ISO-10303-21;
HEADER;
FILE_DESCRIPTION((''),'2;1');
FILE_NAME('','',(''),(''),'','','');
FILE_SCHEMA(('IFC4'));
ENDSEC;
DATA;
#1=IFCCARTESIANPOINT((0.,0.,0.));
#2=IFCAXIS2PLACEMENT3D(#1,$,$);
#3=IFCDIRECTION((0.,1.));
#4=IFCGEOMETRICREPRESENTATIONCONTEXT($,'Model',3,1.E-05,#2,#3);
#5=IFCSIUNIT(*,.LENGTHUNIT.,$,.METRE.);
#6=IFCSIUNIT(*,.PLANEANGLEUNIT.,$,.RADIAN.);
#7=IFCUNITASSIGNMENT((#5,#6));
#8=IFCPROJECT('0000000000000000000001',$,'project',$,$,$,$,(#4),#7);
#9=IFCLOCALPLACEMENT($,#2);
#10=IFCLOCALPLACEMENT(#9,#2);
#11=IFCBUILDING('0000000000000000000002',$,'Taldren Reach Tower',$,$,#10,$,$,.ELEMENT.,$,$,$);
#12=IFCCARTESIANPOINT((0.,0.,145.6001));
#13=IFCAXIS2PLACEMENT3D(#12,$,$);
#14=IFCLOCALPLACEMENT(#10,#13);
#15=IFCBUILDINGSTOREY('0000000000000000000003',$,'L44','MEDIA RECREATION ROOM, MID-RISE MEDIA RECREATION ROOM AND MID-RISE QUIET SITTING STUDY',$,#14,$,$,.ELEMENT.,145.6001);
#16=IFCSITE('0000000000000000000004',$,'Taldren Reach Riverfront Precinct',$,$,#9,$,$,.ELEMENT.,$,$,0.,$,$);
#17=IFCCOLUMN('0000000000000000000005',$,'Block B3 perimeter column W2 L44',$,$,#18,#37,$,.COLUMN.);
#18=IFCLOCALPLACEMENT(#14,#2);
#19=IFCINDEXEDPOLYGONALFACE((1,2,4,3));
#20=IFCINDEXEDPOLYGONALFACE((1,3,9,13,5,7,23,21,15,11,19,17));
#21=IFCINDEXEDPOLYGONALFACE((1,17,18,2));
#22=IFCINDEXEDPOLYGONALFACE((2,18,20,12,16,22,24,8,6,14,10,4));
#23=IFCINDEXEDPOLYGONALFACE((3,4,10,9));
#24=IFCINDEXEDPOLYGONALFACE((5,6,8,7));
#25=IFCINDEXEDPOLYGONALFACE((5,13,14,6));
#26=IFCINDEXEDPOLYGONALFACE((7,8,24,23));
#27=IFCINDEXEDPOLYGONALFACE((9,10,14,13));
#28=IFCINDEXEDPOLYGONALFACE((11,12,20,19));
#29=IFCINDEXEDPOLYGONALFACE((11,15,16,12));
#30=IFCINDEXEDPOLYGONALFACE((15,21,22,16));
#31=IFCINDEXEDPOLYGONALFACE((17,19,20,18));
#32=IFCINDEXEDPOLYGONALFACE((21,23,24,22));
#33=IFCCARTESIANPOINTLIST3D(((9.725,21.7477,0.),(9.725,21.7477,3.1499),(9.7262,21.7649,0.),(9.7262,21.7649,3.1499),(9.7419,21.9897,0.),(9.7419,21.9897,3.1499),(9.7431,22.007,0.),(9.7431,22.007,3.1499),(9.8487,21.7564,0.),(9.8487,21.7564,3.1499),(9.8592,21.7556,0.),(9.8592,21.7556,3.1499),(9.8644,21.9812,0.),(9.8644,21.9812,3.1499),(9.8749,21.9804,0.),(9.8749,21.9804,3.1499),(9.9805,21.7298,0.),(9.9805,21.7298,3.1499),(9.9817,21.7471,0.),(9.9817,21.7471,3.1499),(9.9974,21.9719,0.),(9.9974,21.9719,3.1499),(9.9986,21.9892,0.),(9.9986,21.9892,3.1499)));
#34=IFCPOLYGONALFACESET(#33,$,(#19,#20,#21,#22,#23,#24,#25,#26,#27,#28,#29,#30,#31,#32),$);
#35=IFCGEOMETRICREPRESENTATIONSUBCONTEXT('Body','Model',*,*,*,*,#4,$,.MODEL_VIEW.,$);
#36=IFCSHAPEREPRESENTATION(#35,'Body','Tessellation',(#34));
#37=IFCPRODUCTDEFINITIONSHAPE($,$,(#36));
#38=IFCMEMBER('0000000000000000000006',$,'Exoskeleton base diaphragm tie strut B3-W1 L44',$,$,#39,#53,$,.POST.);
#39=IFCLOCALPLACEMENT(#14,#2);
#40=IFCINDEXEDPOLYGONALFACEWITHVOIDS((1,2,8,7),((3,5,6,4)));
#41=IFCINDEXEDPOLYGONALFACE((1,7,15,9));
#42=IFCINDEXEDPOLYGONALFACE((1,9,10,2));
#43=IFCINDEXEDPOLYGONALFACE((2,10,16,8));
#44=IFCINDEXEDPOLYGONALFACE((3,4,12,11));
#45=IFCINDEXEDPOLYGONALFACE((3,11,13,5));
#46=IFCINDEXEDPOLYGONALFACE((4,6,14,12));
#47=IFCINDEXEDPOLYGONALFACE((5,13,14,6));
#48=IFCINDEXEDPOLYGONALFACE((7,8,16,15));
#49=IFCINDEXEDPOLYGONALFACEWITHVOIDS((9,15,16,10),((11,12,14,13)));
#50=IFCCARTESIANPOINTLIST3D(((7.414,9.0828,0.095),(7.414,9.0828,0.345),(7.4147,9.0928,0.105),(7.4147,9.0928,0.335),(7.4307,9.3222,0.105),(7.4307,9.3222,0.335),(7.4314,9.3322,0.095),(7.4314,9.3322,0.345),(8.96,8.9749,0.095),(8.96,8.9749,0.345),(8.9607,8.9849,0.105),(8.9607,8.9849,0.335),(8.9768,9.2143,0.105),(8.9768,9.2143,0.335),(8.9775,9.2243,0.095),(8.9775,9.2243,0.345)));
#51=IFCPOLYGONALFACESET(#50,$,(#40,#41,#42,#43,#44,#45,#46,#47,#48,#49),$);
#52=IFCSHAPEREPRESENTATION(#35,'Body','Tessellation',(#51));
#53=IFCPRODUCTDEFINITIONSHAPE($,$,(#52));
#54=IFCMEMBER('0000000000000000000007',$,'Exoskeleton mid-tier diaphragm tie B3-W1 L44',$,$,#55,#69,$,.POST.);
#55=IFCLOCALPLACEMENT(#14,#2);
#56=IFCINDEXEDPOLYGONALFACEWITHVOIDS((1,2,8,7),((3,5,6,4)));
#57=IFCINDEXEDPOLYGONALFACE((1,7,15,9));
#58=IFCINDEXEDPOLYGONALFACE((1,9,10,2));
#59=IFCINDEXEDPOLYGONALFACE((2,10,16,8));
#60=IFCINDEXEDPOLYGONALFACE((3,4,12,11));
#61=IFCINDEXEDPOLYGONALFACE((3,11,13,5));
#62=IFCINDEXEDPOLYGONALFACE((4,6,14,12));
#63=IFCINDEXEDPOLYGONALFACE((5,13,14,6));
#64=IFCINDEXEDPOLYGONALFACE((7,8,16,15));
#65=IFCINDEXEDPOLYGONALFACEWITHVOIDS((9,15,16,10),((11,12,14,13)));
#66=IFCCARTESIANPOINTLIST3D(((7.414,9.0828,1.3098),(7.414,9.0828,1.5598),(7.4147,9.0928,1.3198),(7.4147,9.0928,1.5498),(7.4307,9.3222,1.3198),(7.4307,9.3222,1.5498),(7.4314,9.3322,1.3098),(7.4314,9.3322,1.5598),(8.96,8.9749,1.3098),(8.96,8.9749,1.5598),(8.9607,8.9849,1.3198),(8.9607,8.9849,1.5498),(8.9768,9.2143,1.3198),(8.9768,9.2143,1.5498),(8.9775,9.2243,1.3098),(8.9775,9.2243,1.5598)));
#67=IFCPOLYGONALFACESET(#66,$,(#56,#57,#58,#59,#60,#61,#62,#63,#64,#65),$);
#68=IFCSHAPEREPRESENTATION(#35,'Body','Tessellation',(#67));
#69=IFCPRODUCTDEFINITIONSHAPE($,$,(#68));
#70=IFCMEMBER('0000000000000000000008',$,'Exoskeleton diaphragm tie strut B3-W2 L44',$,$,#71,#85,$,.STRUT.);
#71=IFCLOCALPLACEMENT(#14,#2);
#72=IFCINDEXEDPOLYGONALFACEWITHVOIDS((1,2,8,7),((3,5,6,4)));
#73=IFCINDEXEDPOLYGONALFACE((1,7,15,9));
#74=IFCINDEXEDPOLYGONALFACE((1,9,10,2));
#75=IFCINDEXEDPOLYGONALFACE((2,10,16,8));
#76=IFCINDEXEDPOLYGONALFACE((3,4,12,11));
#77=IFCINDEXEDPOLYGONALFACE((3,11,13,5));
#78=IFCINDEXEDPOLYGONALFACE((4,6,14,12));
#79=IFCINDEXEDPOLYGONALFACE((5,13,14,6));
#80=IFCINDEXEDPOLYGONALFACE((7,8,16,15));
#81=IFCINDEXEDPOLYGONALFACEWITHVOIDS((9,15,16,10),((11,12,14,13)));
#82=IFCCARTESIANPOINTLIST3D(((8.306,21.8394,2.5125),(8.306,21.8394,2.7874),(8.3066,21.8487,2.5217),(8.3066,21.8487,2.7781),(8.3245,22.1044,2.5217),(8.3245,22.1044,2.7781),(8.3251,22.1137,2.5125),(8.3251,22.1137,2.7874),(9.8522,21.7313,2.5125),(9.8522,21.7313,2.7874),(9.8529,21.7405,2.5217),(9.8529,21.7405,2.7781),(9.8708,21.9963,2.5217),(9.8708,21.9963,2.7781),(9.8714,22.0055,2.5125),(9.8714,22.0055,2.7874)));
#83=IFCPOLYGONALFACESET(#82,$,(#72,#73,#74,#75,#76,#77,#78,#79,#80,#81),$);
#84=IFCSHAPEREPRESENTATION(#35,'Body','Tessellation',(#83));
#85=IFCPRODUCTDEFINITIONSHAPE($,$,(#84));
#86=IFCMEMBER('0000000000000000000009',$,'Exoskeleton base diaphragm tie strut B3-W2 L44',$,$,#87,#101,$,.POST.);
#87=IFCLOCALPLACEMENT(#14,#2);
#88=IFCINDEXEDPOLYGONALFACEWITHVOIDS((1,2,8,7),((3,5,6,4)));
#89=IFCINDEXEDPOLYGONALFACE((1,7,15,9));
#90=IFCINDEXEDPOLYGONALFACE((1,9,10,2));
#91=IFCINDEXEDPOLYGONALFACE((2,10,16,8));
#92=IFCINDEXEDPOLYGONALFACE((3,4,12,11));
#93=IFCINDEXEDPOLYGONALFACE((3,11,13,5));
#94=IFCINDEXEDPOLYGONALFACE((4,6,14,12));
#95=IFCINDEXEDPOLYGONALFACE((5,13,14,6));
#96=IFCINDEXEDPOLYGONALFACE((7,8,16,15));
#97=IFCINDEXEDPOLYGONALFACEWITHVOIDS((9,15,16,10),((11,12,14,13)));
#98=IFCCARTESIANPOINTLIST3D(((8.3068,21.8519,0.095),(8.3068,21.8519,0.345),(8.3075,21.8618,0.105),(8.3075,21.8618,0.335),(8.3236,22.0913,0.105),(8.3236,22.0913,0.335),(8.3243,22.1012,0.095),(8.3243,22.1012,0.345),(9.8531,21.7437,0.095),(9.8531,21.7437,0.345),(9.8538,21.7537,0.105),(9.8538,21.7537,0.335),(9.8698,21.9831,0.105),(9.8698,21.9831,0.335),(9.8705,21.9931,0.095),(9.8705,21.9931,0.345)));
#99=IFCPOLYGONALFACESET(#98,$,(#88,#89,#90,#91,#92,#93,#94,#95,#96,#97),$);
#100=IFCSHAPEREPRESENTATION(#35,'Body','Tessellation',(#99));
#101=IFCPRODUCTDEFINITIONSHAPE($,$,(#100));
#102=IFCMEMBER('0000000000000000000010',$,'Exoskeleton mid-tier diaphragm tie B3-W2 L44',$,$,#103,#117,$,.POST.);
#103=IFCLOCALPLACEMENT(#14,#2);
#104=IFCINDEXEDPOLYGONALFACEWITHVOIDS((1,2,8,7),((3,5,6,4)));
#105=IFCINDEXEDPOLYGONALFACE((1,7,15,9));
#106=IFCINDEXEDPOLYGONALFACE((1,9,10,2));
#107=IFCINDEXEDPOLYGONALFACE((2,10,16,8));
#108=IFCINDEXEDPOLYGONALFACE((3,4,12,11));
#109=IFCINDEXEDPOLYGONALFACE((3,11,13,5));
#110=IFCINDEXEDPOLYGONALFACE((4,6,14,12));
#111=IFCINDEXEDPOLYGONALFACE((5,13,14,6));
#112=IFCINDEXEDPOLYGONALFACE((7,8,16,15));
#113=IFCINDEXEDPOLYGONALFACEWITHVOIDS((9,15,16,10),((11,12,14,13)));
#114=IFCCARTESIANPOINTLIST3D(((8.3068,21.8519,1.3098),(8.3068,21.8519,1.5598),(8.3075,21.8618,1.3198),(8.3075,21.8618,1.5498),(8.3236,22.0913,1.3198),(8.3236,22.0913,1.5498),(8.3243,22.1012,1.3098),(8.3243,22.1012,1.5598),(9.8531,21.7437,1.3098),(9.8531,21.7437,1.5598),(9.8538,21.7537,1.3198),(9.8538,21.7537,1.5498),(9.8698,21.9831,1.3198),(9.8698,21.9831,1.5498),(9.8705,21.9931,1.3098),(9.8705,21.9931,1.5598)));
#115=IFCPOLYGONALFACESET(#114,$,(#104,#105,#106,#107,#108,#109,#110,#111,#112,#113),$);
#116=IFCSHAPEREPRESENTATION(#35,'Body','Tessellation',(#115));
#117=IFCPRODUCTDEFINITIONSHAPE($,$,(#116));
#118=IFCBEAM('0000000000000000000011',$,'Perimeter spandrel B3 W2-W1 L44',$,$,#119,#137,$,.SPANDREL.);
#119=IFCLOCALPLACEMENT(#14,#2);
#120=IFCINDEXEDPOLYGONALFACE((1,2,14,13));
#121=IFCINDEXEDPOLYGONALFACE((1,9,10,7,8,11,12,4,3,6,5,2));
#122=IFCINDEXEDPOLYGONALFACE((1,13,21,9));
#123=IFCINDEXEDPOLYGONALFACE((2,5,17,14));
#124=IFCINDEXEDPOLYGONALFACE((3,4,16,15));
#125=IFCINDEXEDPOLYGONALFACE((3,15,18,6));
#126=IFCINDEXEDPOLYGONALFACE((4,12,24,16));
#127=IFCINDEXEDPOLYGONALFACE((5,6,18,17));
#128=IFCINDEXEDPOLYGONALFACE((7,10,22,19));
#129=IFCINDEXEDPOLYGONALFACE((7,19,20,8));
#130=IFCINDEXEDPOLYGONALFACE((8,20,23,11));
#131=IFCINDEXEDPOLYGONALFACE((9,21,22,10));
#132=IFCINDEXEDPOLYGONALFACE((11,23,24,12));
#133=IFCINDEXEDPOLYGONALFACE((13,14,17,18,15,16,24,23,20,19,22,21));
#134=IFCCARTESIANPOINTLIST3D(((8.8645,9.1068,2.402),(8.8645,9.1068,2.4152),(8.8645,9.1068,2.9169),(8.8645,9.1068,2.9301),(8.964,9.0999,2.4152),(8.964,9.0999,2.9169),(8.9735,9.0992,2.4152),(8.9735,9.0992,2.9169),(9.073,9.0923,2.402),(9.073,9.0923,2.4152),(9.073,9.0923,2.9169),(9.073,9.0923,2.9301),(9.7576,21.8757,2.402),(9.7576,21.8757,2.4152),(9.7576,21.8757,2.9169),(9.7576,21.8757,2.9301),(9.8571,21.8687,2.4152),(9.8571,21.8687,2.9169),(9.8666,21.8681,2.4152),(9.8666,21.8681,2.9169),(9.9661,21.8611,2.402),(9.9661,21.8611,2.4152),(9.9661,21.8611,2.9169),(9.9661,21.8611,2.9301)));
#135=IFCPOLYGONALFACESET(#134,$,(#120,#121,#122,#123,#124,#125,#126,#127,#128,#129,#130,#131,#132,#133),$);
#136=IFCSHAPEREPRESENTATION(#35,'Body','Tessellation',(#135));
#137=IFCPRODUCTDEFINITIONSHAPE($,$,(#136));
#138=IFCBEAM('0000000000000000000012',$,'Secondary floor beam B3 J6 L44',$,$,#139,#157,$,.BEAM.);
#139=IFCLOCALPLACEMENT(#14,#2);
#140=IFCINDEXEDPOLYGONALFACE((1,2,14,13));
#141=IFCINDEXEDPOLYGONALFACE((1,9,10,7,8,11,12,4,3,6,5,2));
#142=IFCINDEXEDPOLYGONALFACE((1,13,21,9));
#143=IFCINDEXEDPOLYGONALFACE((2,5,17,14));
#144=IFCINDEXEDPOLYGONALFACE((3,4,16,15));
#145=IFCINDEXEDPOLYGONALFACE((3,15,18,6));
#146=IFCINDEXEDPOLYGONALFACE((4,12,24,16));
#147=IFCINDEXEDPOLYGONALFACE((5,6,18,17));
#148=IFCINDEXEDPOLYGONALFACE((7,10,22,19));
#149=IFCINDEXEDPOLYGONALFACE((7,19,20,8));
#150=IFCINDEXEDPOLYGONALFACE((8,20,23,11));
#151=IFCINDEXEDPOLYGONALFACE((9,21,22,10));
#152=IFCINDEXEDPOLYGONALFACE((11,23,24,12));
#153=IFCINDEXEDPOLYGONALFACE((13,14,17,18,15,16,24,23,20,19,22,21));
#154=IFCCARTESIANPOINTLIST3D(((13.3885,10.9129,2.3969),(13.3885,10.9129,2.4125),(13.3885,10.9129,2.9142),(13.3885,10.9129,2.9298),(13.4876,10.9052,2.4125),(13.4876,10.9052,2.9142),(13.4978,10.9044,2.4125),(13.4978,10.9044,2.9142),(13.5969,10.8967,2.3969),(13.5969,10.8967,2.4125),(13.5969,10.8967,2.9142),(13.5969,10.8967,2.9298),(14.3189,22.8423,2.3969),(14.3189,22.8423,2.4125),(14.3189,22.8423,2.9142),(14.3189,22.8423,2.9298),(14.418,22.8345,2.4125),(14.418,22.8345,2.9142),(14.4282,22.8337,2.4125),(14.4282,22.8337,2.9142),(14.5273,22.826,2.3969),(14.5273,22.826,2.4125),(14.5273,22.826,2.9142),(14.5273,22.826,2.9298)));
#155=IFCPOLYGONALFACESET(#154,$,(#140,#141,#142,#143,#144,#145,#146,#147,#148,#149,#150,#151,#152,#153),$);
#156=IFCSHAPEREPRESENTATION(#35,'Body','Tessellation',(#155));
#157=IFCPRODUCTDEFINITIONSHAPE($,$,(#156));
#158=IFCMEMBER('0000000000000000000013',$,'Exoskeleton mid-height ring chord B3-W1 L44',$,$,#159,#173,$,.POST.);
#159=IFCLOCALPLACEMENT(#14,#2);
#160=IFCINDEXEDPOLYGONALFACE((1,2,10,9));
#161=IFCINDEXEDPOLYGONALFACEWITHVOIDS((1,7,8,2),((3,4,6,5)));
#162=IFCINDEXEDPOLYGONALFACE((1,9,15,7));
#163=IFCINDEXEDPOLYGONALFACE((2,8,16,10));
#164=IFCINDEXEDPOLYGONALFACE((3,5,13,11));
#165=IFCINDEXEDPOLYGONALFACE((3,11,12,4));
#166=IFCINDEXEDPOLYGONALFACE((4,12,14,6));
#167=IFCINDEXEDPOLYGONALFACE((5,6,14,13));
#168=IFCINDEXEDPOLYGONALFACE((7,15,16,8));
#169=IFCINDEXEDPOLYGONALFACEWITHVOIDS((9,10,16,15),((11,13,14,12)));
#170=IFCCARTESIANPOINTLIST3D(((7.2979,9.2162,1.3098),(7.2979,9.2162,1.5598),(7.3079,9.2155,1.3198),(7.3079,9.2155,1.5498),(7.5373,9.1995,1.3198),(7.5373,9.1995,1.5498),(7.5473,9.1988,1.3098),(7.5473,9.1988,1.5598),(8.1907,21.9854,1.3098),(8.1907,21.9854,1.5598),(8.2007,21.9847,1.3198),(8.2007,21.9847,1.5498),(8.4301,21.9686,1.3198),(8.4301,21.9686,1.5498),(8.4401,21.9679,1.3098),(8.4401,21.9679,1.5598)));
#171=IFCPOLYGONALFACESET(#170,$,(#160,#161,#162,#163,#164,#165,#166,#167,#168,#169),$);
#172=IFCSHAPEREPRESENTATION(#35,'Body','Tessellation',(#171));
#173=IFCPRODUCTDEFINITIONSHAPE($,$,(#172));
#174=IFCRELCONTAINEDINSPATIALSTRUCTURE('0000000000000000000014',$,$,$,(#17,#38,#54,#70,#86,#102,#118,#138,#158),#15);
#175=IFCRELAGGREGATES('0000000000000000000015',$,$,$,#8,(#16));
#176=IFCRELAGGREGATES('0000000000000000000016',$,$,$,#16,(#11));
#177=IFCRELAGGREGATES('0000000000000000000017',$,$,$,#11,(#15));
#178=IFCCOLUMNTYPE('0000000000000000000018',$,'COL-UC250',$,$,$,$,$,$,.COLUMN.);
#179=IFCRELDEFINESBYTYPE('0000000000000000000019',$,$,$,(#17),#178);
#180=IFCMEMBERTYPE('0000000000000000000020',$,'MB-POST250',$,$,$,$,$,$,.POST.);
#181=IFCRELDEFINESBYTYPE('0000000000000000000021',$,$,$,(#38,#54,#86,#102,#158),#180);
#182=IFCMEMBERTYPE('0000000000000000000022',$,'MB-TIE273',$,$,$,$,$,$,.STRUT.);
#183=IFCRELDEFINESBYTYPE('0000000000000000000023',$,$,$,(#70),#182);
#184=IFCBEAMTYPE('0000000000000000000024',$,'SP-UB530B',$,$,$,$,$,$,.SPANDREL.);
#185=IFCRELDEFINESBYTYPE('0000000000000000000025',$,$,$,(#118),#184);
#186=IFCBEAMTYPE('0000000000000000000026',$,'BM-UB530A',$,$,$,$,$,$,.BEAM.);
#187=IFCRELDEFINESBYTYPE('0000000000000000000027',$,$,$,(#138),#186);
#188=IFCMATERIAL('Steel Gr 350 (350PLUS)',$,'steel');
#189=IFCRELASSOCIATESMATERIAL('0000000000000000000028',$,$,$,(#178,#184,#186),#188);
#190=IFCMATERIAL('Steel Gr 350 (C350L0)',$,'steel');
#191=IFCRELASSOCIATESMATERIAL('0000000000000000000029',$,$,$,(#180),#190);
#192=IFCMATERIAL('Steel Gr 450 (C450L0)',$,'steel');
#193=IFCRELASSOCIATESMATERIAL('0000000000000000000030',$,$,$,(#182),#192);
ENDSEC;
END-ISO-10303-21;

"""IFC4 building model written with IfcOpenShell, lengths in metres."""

from ifc_helpers import new_model, si_unit, direction, frame, origin, origin_2d, place, context, subcontext, project, spatial, hollow_rectangle, i_section, extrude, source, transform, mapped, material, material_profile, profile_set, type_object, element, save


model = new_model("IFC4")

# Units and contexts
model_context = context("Model", 3, precision=1e-05, world=origin(), true_north=direction((0.0, 1.0)))
body_context = subcontext(model_context, "Body", "Model", "MODEL_VIEW")
ifc_project = project(units=[si_unit("LENGTHUNIT", "METRE"), si_unit("PLANEANGLEUNIT", "RADIAN")], contexts=[model_context])

# Site, building, storey
site_placement = place(None, origin())
site = spatial("IfcSite", under=ifc_project, at=site_placement, Name="Taldren Reach Riverfront Precinct", CompositionType="ELEMENT", RefElevation=0.0)
building_placement = place(site_placement, origin())
building = spatial("IfcBuilding", under=site, at=building_placement, Name="Taldren Reach Tower", CompositionType="ELEMENT")
storey_placement = place(building_placement, frame((0.0, 0.0, 145.6001)))
storey = spatial("IfcBuildingStorey", under=building, at=storey_placement, Name="L44", Description="MEDIA RECREATION ROOM, MID-RISE MEDIA RECREATION ROOM AND MID-RISE QUIET SITTING STUDY", CompositionType="ELEMENT", Elevation=145.6001)

# Column
ifc_material_1 = material(Name="Steel Gr 350 (350PLUS)", Category="steel")
ifc_material_profile_1 = material_profile(ifc_material_1, i_section(OverallWidth=0.2561, OverallDepth=0.26, WebThickness=0.0105, FlangeThickness=0.0173, at=origin_2d()), Name="250UC89.5")
ifc_profile_set_1 = profile_set([ifc_material_profile_1], Name="Steel Gr 350 (350PLUS)")
column_type = type_object("IfcColumnType", Name="COL-UC250", PredefinedType="COLUMN", material=ifc_profile_set_1)
shared_shape_1 = source(origin(), body_context, "Body", "SweptSolid", [
    extrude(i_section(OverallWidth=0.2561, OverallDepth=0.26, WebThickness=0.0105, FlangeThickness=0.0173, at=origin_2d()), origin(), (0.0, 0.0, 1.0), 3.1499),
])
column_placement = place(storey_placement, frame((9.8618, 21.8684, 0.0), z_axis=(0.0, 0.0, 1.0), x_axis=(0.997564, -0.069756, 0.0)))
element("IfcColumn", 1, at=column_placement, inside=storey, type_object=column_type, Name="Block B3 perimeter column W2 L44", PredefinedType="COLUMN", context=body_context, shape_type="MappedRepresentation", body=[
    mapped(shared_shape_1, transform((0.0, 0.0, 0.0), scale=1.0)),
])

# Members
ifc_material_2 = material(Name="Steel Gr 350 (C350L0)", Category="steel")
ifc_material_profile_2 = material_profile(ifc_material_2, hollow_rectangle(XDim=0.25, YDim=0.25, WallThickness=0.01, at=origin_2d()), Name="250x250x10.0SHS")
ifc_profile_set_2 = profile_set([ifc_material_profile_2], Name="Steel Gr 350 (C350L0)")
member_type_1 = type_object("IfcMemberType", Name="MB-POST250", PredefinedType="POST", material=ifc_profile_set_2)
shared_shape_2 = source(origin(), body_context, "Body", "SweptSolid", [
    extrude(hollow_rectangle(XDim=0.25, YDim=0.25, WallThickness=0.01, at=origin_2d()), origin(), (0.0, 0.0, 1.0), 1.5498),
])
for number, where, z_axis, x_axis, name in (
    (2, (8.9688, 9.0996, 0.22), (-0.997573, 0.069624, 0.0), (-0.069624, -0.997573, 0.0), "Exoskeleton base diaphragm tie strut B3-W1 L44"),
    (3, (8.9688, 9.0996, 1.4348), (-0.997573, 0.069624, 0.0), (-0.069624, -0.997573, 0.0), "Exoskeleton mid-tier diaphragm tie B3-W1 L44"),
):
    element("IfcMember", number, at=place(storey_placement, frame(where, z_axis=z_axis, x_axis=x_axis)), inside=storey, type_object=member_type_1, Name=name, PredefinedType="POST", context=body_context, shape_type="MappedRepresentation", body=[
        mapped(shared_shape_2, transform((0.0, 0.0, 0.0), scale=1.0)),
    ])
ifc_material_3 = material(Name="Steel Gr 450 (C450L0)", Category="steel")
ifc_material_profile_3 = material_profile(ifc_material_3, hollow_rectangle(XDim=0.2749, YDim=0.2749, WallThickness=0.0093, at=origin_2d()), Name="275x275x9.3SHS")
ifc_profile_set_3 = profile_set([ifc_material_profile_3], Name="Steel Gr 450 (C450L0)")
member_type_2 = type_object("IfcMemberType", Name="MB-TIE273", PredefinedType="STRUT", material=ifc_profile_set_3)
shared_shape_3 = source(origin(), body_context, "Body", "SweptSolid", [
    extrude(hollow_rectangle(XDim=0.2749, YDim=0.2749, WallThickness=0.0093, at=origin_2d()), origin(), (0.0, 0.0, 1.0), 1.55),
])
member_1_placement = place(storey_placement, frame((9.8618, 21.8684, 2.6499), z_axis=(-0.997563, 0.06977, 0.0), x_axis=(-0.06977, -0.997563, 0.0)))
element("IfcMember", 4, at=member_1_placement, inside=storey, type_object=member_type_2, Name="Exoskeleton diaphragm tie strut B3-W2 L44", PredefinedType="STRUT", context=body_context, shape_type="MappedRepresentation", body=[
    mapped(shared_shape_3, transform((0.0, 0.0, 0.0), scale=1.0)),
])
shared_shape_4 = source(origin(), body_context, "Body", "SweptSolid", [
    extrude(hollow_rectangle(XDim=0.25, YDim=0.25, WallThickness=0.01, at=origin_2d()), origin(), (0.0, 0.0, 1.0), 1.55),
])
for number, where, z_axis, x_axis, name in (
    (5, (9.8618, 21.8684, 0.22), (-0.997563, 0.06977, 0.0), (-0.06977, -0.997563, 0.0), "Exoskeleton base diaphragm tie strut B3-W2 L44"),
    (6, (9.8618, 21.8684, 1.4348), (-0.997563, 0.06977, 0.0), (-0.06977, -0.997563, 0.0), "Exoskeleton mid-tier diaphragm tie B3-W2 L44"),
):
    element("IfcMember", number, at=place(storey_placement, frame(where, z_axis=z_axis, x_axis=x_axis)), inside=storey, type_object=member_type_1, Name=name, PredefinedType="POST", context=body_context, shape_type="MappedRepresentation", body=[
        mapped(shared_shape_4, transform((0.0, 0.0, 0.0), scale=1.0)),
    ])

# Beams
ifc_material_profile_4 = material_profile(ifc_material_1, i_section(OverallWidth=0.209, OverallDepth=0.5281, WebThickness=0.0095, FlangeThickness=0.0132, at=origin_2d()), Name="530UB82.0")
ifc_profile_set_4 = profile_set([ifc_material_profile_4], Name="Steel Gr 350 (350PLUS)")
beam_type_1 = type_object("IfcBeamType", Name="SP-UB530B", PredefinedType="SPANDREL", material=ifc_profile_set_4)
shared_shape_5 = source(origin(), body_context, "Body", "SweptSolid", [
    extrude(i_section(OverallWidth=0.209, OverallDepth=0.5281, WebThickness=0.0095, FlangeThickness=0.0132, at=origin_2d()), origin(), (0.0, 0.0, 1.0), 12.8),
])
beam_1_placement = place(storey_placement, frame((9.8618, 21.8684, 2.666), z_axis=(-0.069771, -0.997563, 0.0), x_axis=(0.997563, -0.069771, 0.0)))
element("IfcBeam", 7, at=beam_1_placement, inside=storey, type_object=beam_type_1, Name="Perimeter spandrel B3 W2-W1 L44", PredefinedType="SPANDREL", context=body_context, shape_type="MappedRepresentation", body=[
    mapped(shared_shape_5, transform((0.0, 0.0, 0.0), scale=1.0)),
])
ifc_material_profile_5 = material_profile(ifc_material_1, i_section(OverallWidth=0.209, OverallDepth=0.533, WebThickness=0.0103, FlangeThickness=0.0156, at=origin_2d()), Name="530UB92.4")
ifc_profile_set_5 = profile_set([ifc_material_profile_5], Name="Steel Gr 350 (350PLUS)")
beam_type_2 = type_object("IfcBeamType", Name="BM-UB530A", PredefinedType="BEAM", material=ifc_profile_set_5)
shared_shape_6 = source(origin(), body_context, "Body", "SweptSolid", [
    extrude(i_section(OverallWidth=0.209, OverallDepth=0.533, WebThickness=0.0103, FlangeThickness=0.0156, at=origin_2d()), origin(), (0.0, 0.0, 1.0), 11.9656),
])
beam_2_placement = place(storey_placement, frame((13.4927, 10.9048, 2.6633), z_axis=(0.077757, 0.996972, 0.0), x_axis=(-0.996972, 0.077757, 0.0)))
element("IfcBeam", 8, at=beam_2_placement, inside=storey, type_object=beam_type_2, Name="Secondary floor beam B3 J6 L44", PredefinedType="BEAM", context=body_context, shape_type="MappedRepresentation", body=[
    mapped(shared_shape_6, transform((0.0, 0.0, 0.0), scale=1.0)),
])

# Member
shared_shape_7 = source(origin(), body_context, "Body", "SweptSolid", [
    extrude(hollow_rectangle(XDim=0.25, YDim=0.25, WallThickness=0.01, at=origin_2d()), origin(), (0.0, 0.0, 1.0), 12.8003),
])
member_2_placement = place(storey_placement, frame((7.4226, 9.2075, 1.4348), z_axis=(0.069751, 0.997564, 0.0), x_axis=(-0.997564, 0.069751, 0.0)))
element("IfcMember", 9, at=member_2_placement, inside=storey, type_object=member_type_1, Name="Exoskeleton mid-height ring chord B3-W1 L44", PredefinedType="POST", context=body_context, shape_type="MappedRepresentation", body=[
    mapped(shared_shape_7, transform((0.0, 0.0, 0.0), scale=1.0)),
])

save(model, "model.ifc")
